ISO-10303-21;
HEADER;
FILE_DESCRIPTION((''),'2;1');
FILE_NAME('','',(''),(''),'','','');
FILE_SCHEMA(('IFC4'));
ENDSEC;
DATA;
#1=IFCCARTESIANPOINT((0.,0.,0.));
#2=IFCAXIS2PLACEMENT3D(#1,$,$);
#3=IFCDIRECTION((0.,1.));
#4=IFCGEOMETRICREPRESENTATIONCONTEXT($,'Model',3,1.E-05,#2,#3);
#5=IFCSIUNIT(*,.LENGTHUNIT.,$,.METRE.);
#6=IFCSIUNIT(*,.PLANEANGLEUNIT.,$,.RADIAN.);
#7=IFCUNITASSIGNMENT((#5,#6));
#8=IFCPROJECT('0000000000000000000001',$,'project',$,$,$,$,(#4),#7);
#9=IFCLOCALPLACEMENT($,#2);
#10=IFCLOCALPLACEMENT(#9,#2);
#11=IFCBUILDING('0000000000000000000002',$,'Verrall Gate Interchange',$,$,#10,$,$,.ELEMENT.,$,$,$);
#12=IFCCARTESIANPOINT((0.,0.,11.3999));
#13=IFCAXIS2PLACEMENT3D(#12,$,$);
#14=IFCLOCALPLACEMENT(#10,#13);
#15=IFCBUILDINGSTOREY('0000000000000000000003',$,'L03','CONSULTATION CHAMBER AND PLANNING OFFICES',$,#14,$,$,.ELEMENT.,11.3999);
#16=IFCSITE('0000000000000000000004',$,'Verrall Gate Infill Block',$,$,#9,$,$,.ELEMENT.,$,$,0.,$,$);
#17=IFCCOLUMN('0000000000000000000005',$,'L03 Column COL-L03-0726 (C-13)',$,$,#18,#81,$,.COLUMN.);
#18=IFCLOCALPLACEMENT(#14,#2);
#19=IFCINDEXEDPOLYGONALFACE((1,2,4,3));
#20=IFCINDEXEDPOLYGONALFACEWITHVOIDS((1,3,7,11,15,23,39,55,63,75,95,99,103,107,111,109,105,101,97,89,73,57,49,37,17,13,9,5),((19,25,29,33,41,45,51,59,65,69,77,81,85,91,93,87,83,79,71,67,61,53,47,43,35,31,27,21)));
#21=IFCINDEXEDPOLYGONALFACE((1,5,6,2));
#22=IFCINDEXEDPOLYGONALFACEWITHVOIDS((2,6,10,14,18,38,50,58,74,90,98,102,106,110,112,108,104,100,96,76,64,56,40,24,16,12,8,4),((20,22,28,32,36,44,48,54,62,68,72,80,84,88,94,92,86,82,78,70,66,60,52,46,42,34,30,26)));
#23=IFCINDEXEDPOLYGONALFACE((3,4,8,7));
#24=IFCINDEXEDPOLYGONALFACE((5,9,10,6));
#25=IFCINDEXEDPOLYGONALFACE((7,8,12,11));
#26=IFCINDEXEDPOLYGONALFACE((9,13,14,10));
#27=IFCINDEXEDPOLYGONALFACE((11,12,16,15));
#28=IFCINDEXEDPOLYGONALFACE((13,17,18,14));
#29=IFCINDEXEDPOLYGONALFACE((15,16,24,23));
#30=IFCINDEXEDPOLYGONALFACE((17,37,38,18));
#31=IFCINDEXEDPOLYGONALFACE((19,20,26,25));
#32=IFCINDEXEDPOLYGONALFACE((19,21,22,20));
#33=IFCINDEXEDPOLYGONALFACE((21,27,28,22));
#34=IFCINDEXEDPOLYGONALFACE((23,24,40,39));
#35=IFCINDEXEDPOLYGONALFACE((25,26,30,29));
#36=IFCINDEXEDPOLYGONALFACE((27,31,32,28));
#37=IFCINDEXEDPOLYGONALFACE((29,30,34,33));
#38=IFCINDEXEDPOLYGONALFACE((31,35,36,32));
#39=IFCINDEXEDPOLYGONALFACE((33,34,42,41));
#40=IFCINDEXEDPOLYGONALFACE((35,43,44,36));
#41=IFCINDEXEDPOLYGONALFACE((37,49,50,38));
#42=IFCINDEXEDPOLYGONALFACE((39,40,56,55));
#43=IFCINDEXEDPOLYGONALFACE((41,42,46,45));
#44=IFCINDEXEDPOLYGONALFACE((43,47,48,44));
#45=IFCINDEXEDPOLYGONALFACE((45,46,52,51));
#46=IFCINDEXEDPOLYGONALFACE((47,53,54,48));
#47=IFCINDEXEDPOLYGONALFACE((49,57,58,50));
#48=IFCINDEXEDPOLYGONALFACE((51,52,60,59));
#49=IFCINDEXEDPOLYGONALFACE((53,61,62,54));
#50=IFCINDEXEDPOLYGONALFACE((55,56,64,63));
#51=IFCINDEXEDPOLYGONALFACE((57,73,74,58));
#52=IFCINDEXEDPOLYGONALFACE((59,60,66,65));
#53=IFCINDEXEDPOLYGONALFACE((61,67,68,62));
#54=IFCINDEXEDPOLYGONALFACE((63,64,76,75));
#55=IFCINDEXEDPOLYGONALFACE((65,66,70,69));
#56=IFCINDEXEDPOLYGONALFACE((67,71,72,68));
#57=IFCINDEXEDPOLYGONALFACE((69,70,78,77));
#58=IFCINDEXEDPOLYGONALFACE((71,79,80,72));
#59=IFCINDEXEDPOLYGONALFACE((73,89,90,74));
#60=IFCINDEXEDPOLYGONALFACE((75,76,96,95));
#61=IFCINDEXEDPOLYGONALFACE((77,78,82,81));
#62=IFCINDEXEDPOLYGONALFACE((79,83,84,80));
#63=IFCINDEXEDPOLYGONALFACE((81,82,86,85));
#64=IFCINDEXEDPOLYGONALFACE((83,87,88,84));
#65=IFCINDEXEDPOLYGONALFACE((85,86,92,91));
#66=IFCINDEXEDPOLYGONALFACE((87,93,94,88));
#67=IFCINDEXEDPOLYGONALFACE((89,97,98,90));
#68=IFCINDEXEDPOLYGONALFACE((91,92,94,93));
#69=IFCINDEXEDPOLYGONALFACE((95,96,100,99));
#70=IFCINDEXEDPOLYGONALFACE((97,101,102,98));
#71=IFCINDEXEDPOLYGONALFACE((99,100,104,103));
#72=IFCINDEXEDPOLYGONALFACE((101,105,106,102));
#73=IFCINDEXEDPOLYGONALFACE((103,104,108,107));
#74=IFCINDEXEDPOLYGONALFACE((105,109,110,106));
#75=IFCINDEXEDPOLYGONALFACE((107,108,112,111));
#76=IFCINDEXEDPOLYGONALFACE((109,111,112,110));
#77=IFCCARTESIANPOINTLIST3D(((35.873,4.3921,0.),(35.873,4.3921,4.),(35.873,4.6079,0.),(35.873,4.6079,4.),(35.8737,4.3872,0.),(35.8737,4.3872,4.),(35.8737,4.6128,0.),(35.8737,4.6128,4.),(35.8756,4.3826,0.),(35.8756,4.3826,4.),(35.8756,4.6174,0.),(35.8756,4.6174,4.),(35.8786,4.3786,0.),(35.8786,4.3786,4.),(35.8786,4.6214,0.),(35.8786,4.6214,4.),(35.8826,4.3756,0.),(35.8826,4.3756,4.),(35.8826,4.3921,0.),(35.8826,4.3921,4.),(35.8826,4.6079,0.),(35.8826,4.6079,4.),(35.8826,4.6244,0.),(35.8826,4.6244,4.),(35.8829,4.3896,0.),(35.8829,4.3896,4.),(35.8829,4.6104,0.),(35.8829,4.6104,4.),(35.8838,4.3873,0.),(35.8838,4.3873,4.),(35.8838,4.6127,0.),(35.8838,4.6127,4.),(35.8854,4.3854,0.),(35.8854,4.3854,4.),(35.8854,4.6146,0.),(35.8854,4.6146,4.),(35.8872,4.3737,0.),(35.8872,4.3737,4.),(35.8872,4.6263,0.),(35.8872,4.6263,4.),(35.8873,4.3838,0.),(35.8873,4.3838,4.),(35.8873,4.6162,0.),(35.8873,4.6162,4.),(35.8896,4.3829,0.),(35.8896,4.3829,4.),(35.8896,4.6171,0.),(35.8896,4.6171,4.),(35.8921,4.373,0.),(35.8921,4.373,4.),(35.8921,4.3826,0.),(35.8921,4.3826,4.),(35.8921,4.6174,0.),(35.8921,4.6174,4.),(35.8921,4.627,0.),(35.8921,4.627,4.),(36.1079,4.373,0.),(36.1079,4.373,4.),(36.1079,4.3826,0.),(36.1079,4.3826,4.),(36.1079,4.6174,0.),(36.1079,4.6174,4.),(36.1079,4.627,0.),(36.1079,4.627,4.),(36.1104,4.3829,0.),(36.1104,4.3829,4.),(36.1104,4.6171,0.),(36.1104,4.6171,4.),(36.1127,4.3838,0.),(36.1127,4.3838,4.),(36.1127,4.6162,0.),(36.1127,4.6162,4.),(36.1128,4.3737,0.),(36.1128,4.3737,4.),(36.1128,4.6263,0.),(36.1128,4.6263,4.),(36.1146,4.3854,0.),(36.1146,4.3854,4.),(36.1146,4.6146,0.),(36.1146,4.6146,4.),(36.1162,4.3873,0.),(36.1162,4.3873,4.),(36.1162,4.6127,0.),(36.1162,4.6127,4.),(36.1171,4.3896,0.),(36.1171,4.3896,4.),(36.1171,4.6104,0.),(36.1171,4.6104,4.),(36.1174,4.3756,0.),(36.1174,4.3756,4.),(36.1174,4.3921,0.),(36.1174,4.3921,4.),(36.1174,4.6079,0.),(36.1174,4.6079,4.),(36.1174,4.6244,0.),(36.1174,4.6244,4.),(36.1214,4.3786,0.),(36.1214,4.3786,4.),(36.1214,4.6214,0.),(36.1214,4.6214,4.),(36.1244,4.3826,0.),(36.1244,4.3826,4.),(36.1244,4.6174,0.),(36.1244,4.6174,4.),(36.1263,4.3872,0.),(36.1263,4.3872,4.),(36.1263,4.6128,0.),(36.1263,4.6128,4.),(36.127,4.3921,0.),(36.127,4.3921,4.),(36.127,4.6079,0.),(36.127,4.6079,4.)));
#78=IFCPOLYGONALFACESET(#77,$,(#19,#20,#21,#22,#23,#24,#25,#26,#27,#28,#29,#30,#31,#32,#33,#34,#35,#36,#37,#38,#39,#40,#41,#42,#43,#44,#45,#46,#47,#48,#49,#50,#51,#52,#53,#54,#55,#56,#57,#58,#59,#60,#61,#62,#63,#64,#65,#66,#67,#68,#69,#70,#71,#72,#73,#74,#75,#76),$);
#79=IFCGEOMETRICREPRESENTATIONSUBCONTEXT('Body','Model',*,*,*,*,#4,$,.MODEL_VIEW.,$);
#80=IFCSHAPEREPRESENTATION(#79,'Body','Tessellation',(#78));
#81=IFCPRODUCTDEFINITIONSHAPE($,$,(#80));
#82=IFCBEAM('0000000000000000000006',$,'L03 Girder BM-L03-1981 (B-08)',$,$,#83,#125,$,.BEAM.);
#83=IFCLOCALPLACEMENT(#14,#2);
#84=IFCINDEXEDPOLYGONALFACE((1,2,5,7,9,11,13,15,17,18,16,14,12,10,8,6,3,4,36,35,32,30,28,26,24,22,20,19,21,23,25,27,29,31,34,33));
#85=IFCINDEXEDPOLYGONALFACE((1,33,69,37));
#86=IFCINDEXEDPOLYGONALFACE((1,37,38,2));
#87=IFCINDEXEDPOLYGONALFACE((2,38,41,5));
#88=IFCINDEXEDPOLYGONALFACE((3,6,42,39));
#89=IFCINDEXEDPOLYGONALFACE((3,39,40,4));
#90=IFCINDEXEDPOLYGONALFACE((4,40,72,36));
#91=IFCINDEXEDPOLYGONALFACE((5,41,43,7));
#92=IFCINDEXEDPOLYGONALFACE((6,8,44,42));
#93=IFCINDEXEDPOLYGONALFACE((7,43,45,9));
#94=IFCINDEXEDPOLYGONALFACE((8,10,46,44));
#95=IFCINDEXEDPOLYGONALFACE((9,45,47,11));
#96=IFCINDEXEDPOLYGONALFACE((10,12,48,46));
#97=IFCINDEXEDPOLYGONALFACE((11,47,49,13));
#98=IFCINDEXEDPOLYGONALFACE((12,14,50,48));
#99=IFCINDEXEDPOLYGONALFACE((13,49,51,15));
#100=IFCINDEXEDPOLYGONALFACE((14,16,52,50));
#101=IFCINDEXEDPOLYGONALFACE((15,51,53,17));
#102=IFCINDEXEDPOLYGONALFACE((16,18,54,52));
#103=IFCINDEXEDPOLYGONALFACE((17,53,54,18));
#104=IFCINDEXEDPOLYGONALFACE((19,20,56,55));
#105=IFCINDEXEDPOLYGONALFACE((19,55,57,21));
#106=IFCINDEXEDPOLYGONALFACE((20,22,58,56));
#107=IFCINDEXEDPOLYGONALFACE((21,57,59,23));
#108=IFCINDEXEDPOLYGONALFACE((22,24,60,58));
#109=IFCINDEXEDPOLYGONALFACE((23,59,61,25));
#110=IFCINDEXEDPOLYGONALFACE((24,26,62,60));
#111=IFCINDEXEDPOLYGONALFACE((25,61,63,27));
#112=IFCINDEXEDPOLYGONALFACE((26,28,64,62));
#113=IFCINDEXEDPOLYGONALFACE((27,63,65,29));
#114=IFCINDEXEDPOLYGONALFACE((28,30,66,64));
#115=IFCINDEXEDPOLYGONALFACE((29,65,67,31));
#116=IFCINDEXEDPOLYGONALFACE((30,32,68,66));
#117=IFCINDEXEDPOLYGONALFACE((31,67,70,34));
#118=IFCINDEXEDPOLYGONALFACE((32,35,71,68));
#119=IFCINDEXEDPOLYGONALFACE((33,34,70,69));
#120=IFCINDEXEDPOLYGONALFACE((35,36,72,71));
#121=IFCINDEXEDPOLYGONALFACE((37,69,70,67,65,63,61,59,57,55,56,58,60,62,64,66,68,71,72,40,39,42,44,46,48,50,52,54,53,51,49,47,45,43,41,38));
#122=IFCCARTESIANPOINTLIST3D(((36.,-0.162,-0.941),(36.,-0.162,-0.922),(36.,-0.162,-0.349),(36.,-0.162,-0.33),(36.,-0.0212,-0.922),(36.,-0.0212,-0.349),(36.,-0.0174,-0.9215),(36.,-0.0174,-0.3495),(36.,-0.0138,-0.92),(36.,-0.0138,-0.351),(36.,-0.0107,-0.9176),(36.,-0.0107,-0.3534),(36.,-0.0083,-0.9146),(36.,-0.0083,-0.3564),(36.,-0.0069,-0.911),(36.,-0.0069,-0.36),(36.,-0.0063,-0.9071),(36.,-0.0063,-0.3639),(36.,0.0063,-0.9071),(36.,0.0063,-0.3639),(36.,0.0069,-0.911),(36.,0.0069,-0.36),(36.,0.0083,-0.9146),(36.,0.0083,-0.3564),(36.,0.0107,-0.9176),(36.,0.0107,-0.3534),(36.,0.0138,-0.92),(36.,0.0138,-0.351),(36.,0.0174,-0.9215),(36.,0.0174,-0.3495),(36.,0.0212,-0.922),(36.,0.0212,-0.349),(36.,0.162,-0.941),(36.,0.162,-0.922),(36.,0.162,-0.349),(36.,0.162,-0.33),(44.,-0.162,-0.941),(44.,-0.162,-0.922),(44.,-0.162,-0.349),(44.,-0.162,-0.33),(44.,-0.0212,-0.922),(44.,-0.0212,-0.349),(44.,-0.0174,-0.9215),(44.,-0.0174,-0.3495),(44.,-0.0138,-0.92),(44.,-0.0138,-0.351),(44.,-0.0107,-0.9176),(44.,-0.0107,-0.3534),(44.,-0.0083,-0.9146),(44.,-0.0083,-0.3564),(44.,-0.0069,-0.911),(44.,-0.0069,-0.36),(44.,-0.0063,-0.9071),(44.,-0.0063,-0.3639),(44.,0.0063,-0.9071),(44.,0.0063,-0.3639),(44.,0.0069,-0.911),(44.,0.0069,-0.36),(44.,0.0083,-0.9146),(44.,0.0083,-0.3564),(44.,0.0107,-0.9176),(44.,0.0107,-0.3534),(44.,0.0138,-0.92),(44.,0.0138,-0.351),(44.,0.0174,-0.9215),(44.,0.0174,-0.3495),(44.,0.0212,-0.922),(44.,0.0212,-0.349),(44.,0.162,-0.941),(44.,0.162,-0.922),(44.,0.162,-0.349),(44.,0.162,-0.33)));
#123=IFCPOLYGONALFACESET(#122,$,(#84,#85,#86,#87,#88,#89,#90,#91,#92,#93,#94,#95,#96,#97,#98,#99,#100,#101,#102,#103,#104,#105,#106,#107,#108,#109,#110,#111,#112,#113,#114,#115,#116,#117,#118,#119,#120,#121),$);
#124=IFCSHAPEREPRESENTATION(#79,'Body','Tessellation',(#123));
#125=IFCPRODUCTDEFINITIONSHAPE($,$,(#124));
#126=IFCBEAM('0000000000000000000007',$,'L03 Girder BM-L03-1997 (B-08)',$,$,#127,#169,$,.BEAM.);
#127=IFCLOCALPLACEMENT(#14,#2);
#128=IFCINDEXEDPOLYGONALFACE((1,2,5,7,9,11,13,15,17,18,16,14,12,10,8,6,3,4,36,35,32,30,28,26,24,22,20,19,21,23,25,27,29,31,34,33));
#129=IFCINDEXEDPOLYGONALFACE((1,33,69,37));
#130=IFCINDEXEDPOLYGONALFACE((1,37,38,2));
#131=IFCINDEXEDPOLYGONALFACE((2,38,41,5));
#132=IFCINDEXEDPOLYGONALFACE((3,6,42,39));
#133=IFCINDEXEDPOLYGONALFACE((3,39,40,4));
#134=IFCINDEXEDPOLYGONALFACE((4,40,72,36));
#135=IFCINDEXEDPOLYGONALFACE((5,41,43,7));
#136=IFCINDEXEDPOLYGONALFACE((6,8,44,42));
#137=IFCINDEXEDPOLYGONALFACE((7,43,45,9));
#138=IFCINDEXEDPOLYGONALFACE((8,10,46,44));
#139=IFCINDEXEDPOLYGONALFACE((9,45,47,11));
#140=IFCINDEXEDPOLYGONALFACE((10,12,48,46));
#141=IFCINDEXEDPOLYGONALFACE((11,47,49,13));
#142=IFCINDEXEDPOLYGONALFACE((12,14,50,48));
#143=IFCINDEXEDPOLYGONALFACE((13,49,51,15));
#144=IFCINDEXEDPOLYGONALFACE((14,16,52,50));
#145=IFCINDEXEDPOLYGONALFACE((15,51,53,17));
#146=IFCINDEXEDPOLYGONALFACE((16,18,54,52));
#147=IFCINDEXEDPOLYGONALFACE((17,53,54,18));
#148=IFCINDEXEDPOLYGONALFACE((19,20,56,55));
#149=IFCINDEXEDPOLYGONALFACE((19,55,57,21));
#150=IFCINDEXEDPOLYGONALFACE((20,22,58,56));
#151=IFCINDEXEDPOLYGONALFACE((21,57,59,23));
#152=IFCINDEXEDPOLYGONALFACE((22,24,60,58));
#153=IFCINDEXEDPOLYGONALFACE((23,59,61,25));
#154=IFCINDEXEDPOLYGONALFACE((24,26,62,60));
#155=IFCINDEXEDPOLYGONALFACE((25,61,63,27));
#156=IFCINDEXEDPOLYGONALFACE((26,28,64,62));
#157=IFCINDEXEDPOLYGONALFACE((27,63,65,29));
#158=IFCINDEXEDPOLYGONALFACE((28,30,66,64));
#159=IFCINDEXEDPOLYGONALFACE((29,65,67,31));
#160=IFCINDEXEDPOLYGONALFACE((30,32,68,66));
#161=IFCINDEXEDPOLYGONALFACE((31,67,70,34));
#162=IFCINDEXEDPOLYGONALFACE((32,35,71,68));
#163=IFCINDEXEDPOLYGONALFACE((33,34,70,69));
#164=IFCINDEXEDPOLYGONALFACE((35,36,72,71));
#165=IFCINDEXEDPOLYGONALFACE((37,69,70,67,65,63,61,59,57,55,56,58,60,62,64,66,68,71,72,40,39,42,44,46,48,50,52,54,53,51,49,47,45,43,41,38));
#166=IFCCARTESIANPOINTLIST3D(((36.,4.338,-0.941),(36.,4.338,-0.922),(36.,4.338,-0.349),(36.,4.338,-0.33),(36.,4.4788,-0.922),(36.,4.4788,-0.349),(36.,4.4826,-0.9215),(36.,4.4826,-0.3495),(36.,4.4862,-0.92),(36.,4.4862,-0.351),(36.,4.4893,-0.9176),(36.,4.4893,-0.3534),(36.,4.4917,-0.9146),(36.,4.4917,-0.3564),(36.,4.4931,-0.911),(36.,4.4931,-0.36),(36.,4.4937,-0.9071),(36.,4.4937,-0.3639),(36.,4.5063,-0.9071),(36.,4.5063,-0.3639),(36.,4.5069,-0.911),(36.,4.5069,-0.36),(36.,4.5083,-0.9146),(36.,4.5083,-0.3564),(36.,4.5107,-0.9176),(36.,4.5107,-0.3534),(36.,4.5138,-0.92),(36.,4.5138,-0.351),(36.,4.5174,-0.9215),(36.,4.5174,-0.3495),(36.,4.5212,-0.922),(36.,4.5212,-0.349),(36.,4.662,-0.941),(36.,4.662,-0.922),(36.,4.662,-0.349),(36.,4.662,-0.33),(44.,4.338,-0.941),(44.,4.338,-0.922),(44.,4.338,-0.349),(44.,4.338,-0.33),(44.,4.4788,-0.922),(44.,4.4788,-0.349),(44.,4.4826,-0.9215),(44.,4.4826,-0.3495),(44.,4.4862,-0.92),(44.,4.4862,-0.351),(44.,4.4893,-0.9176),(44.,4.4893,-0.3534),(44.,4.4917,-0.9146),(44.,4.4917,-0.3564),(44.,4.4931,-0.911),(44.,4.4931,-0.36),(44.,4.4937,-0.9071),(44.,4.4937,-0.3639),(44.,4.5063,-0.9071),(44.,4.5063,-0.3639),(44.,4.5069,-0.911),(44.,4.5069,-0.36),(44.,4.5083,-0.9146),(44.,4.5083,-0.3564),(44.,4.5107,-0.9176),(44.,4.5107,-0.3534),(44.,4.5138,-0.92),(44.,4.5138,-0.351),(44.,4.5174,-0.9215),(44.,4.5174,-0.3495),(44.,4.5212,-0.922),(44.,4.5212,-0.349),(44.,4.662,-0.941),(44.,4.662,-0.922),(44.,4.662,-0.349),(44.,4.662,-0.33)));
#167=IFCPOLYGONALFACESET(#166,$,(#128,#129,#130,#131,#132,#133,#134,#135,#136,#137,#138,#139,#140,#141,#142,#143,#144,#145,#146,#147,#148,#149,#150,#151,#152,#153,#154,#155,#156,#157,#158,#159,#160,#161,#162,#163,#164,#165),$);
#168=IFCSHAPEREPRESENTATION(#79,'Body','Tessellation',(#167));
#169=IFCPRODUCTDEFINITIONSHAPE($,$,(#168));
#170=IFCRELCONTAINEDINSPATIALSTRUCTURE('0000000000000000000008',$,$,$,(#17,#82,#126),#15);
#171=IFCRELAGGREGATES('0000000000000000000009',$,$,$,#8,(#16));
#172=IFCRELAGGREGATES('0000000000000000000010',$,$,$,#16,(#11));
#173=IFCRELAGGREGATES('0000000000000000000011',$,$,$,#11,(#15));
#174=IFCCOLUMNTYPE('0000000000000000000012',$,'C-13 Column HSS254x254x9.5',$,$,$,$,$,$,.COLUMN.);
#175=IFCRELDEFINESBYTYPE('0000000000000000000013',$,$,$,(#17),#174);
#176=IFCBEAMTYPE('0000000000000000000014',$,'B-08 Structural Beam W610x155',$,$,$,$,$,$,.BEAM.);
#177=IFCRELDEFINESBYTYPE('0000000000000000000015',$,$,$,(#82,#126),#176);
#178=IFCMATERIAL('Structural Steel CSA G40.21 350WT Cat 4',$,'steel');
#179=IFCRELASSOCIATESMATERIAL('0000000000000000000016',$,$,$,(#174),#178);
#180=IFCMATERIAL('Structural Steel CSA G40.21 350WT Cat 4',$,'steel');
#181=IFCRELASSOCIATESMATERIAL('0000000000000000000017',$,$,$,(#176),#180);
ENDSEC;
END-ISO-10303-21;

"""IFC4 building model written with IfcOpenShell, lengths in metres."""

from ifc_helpers import new_model, si_unit, direction, frame, origin, origin_2d, place, context, subcontext, project, spatial, hollow_rectangle, i_section, extrude, material, material_profile, profile_set, type_object, element, save


model = new_model("IFC4")

# Units and contexts
model_context = context("Model", 3, precision=1e-05, world=origin(), true_north=direction((0.0, 1.0)))
body_context = subcontext(model_context, "Body", "Model", "MODEL_VIEW")
ifc_project = project(units=[si_unit("LENGTHUNIT", "METRE"), si_unit("PLANEANGLEUNIT", "RADIAN")], contexts=[model_context])

# Site, building, storey
site_placement = place(None, origin())
site = spatial("IfcSite", under=ifc_project, at=site_placement, Name="Verrall Gate Infill Block", CompositionType="ELEMENT", RefElevation=0.0)
building_placement = place(site_placement, origin())
building = spatial("IfcBuilding", under=site, at=building_placement, Name="Verrall Gate Interchange", CompositionType="ELEMENT")
storey_placement = place(building_placement, frame((0.0, 0.0, 11.3999)))
storey = spatial("IfcBuildingStorey", under=building, at=storey_placement, Name="L03", Description="CONSULTATION CHAMBER AND PLANNING OFFICES", CompositionType="ELEMENT", Elevation=11.3999)

# Column
ifc_material_1 = material(Name="Structural Steel CSA G40.21 350WT Cat 4", Category="steel")
ifc_material_profile_1 = material_profile(ifc_material_1, hollow_rectangle(XDim=0.2539, YDim=0.2539, WallThickness=0.0095, InnerFilletRadius=0.0095, OuterFilletRadius=0.019, at=origin_2d()), Name="HSS254x254x9.5")
ifc_profile_set_1 = profile_set([ifc_material_profile_1], Name="Structural Steel CSA G40.21 350WT Cat 4")
column_type_1 = type_object("IfcColumnType", Name="C-13 Column HSS254x254x9.5", PredefinedType="COLUMN", material=ifc_profile_set_1)
for number, where, z_axis, x_axis, name in (
    (1, (36.0, 4.5, 0.0), (0.0, 0.0, 1.0), (1.0, 0.0, 0.0), "L03 Column COL-L03-0726 (C-13)"),
):
    element("IfcColumn", number, at=place(storey_placement, frame(where, z_axis=z_axis, x_axis=x_axis)), inside=storey, type_object=column_type_1, Name=name, PredefinedType="COLUMN", context=body_context, shape_type="SweptSolid", body=[
        extrude(hollow_rectangle(XDim=0.2539, YDim=0.2539, WallThickness=0.0095, InnerFilletRadius=0.0095, OuterFilletRadius=0.019, at=origin_2d()), origin(), (0.0, 0.0, 1.0), 4.0),
    ])

# Beams
ifc_material_2 = material(Name="Structural Steel CSA G40.21 350WT Cat 4", Category="steel")
ifc_material_profile_2 = material_profile(ifc_material_2, i_section(OverallWidth=0.324, OverallDepth=0.6111, WebThickness=0.0127, FlangeThickness=0.019, FilletRadius=0.0149, at=origin_2d()), Name="W610x155")
ifc_profile_set_2 = profile_set([ifc_material_profile_2], Name="Structural Steel CSA G40.21 350WT Cat 4")
beam_type_1 = type_object("IfcBeamType", Name="B-08 Structural Beam W610x155", PredefinedType="BEAM", material=ifc_profile_set_2)
for number, where, z_axis, x_axis, name in (
    (2, (36.0, 0.0, -0.6355), (1.0, 0.0, 0.0), (0.0, 1.0, 0.0), "L03 Girder BM-L03-1981 (B-08)"),
    (3, (36.0, 4.5, -0.6355), (1.0, 0.0, 0.0), (0.0, 1.0, 0.0), "L03 Girder BM-L03-1997 (B-08)"),
):
    element("IfcBeam", number, at=place(storey_placement, frame(where, z_axis=z_axis, x_axis=x_axis)), inside=storey, type_object=beam_type_1, Name=name, PredefinedType="BEAM", context=body_context, shape_type="SweptSolid", body=[
        extrude(i_section(OverallWidth=0.324, OverallDepth=0.6111, WebThickness=0.0127, FlangeThickness=0.019, FilletRadius=0.0149, at=origin_2d()), origin(), (0.0, 0.0, 1.0), 8.0),
    ])

save(model, "model.ifc")
